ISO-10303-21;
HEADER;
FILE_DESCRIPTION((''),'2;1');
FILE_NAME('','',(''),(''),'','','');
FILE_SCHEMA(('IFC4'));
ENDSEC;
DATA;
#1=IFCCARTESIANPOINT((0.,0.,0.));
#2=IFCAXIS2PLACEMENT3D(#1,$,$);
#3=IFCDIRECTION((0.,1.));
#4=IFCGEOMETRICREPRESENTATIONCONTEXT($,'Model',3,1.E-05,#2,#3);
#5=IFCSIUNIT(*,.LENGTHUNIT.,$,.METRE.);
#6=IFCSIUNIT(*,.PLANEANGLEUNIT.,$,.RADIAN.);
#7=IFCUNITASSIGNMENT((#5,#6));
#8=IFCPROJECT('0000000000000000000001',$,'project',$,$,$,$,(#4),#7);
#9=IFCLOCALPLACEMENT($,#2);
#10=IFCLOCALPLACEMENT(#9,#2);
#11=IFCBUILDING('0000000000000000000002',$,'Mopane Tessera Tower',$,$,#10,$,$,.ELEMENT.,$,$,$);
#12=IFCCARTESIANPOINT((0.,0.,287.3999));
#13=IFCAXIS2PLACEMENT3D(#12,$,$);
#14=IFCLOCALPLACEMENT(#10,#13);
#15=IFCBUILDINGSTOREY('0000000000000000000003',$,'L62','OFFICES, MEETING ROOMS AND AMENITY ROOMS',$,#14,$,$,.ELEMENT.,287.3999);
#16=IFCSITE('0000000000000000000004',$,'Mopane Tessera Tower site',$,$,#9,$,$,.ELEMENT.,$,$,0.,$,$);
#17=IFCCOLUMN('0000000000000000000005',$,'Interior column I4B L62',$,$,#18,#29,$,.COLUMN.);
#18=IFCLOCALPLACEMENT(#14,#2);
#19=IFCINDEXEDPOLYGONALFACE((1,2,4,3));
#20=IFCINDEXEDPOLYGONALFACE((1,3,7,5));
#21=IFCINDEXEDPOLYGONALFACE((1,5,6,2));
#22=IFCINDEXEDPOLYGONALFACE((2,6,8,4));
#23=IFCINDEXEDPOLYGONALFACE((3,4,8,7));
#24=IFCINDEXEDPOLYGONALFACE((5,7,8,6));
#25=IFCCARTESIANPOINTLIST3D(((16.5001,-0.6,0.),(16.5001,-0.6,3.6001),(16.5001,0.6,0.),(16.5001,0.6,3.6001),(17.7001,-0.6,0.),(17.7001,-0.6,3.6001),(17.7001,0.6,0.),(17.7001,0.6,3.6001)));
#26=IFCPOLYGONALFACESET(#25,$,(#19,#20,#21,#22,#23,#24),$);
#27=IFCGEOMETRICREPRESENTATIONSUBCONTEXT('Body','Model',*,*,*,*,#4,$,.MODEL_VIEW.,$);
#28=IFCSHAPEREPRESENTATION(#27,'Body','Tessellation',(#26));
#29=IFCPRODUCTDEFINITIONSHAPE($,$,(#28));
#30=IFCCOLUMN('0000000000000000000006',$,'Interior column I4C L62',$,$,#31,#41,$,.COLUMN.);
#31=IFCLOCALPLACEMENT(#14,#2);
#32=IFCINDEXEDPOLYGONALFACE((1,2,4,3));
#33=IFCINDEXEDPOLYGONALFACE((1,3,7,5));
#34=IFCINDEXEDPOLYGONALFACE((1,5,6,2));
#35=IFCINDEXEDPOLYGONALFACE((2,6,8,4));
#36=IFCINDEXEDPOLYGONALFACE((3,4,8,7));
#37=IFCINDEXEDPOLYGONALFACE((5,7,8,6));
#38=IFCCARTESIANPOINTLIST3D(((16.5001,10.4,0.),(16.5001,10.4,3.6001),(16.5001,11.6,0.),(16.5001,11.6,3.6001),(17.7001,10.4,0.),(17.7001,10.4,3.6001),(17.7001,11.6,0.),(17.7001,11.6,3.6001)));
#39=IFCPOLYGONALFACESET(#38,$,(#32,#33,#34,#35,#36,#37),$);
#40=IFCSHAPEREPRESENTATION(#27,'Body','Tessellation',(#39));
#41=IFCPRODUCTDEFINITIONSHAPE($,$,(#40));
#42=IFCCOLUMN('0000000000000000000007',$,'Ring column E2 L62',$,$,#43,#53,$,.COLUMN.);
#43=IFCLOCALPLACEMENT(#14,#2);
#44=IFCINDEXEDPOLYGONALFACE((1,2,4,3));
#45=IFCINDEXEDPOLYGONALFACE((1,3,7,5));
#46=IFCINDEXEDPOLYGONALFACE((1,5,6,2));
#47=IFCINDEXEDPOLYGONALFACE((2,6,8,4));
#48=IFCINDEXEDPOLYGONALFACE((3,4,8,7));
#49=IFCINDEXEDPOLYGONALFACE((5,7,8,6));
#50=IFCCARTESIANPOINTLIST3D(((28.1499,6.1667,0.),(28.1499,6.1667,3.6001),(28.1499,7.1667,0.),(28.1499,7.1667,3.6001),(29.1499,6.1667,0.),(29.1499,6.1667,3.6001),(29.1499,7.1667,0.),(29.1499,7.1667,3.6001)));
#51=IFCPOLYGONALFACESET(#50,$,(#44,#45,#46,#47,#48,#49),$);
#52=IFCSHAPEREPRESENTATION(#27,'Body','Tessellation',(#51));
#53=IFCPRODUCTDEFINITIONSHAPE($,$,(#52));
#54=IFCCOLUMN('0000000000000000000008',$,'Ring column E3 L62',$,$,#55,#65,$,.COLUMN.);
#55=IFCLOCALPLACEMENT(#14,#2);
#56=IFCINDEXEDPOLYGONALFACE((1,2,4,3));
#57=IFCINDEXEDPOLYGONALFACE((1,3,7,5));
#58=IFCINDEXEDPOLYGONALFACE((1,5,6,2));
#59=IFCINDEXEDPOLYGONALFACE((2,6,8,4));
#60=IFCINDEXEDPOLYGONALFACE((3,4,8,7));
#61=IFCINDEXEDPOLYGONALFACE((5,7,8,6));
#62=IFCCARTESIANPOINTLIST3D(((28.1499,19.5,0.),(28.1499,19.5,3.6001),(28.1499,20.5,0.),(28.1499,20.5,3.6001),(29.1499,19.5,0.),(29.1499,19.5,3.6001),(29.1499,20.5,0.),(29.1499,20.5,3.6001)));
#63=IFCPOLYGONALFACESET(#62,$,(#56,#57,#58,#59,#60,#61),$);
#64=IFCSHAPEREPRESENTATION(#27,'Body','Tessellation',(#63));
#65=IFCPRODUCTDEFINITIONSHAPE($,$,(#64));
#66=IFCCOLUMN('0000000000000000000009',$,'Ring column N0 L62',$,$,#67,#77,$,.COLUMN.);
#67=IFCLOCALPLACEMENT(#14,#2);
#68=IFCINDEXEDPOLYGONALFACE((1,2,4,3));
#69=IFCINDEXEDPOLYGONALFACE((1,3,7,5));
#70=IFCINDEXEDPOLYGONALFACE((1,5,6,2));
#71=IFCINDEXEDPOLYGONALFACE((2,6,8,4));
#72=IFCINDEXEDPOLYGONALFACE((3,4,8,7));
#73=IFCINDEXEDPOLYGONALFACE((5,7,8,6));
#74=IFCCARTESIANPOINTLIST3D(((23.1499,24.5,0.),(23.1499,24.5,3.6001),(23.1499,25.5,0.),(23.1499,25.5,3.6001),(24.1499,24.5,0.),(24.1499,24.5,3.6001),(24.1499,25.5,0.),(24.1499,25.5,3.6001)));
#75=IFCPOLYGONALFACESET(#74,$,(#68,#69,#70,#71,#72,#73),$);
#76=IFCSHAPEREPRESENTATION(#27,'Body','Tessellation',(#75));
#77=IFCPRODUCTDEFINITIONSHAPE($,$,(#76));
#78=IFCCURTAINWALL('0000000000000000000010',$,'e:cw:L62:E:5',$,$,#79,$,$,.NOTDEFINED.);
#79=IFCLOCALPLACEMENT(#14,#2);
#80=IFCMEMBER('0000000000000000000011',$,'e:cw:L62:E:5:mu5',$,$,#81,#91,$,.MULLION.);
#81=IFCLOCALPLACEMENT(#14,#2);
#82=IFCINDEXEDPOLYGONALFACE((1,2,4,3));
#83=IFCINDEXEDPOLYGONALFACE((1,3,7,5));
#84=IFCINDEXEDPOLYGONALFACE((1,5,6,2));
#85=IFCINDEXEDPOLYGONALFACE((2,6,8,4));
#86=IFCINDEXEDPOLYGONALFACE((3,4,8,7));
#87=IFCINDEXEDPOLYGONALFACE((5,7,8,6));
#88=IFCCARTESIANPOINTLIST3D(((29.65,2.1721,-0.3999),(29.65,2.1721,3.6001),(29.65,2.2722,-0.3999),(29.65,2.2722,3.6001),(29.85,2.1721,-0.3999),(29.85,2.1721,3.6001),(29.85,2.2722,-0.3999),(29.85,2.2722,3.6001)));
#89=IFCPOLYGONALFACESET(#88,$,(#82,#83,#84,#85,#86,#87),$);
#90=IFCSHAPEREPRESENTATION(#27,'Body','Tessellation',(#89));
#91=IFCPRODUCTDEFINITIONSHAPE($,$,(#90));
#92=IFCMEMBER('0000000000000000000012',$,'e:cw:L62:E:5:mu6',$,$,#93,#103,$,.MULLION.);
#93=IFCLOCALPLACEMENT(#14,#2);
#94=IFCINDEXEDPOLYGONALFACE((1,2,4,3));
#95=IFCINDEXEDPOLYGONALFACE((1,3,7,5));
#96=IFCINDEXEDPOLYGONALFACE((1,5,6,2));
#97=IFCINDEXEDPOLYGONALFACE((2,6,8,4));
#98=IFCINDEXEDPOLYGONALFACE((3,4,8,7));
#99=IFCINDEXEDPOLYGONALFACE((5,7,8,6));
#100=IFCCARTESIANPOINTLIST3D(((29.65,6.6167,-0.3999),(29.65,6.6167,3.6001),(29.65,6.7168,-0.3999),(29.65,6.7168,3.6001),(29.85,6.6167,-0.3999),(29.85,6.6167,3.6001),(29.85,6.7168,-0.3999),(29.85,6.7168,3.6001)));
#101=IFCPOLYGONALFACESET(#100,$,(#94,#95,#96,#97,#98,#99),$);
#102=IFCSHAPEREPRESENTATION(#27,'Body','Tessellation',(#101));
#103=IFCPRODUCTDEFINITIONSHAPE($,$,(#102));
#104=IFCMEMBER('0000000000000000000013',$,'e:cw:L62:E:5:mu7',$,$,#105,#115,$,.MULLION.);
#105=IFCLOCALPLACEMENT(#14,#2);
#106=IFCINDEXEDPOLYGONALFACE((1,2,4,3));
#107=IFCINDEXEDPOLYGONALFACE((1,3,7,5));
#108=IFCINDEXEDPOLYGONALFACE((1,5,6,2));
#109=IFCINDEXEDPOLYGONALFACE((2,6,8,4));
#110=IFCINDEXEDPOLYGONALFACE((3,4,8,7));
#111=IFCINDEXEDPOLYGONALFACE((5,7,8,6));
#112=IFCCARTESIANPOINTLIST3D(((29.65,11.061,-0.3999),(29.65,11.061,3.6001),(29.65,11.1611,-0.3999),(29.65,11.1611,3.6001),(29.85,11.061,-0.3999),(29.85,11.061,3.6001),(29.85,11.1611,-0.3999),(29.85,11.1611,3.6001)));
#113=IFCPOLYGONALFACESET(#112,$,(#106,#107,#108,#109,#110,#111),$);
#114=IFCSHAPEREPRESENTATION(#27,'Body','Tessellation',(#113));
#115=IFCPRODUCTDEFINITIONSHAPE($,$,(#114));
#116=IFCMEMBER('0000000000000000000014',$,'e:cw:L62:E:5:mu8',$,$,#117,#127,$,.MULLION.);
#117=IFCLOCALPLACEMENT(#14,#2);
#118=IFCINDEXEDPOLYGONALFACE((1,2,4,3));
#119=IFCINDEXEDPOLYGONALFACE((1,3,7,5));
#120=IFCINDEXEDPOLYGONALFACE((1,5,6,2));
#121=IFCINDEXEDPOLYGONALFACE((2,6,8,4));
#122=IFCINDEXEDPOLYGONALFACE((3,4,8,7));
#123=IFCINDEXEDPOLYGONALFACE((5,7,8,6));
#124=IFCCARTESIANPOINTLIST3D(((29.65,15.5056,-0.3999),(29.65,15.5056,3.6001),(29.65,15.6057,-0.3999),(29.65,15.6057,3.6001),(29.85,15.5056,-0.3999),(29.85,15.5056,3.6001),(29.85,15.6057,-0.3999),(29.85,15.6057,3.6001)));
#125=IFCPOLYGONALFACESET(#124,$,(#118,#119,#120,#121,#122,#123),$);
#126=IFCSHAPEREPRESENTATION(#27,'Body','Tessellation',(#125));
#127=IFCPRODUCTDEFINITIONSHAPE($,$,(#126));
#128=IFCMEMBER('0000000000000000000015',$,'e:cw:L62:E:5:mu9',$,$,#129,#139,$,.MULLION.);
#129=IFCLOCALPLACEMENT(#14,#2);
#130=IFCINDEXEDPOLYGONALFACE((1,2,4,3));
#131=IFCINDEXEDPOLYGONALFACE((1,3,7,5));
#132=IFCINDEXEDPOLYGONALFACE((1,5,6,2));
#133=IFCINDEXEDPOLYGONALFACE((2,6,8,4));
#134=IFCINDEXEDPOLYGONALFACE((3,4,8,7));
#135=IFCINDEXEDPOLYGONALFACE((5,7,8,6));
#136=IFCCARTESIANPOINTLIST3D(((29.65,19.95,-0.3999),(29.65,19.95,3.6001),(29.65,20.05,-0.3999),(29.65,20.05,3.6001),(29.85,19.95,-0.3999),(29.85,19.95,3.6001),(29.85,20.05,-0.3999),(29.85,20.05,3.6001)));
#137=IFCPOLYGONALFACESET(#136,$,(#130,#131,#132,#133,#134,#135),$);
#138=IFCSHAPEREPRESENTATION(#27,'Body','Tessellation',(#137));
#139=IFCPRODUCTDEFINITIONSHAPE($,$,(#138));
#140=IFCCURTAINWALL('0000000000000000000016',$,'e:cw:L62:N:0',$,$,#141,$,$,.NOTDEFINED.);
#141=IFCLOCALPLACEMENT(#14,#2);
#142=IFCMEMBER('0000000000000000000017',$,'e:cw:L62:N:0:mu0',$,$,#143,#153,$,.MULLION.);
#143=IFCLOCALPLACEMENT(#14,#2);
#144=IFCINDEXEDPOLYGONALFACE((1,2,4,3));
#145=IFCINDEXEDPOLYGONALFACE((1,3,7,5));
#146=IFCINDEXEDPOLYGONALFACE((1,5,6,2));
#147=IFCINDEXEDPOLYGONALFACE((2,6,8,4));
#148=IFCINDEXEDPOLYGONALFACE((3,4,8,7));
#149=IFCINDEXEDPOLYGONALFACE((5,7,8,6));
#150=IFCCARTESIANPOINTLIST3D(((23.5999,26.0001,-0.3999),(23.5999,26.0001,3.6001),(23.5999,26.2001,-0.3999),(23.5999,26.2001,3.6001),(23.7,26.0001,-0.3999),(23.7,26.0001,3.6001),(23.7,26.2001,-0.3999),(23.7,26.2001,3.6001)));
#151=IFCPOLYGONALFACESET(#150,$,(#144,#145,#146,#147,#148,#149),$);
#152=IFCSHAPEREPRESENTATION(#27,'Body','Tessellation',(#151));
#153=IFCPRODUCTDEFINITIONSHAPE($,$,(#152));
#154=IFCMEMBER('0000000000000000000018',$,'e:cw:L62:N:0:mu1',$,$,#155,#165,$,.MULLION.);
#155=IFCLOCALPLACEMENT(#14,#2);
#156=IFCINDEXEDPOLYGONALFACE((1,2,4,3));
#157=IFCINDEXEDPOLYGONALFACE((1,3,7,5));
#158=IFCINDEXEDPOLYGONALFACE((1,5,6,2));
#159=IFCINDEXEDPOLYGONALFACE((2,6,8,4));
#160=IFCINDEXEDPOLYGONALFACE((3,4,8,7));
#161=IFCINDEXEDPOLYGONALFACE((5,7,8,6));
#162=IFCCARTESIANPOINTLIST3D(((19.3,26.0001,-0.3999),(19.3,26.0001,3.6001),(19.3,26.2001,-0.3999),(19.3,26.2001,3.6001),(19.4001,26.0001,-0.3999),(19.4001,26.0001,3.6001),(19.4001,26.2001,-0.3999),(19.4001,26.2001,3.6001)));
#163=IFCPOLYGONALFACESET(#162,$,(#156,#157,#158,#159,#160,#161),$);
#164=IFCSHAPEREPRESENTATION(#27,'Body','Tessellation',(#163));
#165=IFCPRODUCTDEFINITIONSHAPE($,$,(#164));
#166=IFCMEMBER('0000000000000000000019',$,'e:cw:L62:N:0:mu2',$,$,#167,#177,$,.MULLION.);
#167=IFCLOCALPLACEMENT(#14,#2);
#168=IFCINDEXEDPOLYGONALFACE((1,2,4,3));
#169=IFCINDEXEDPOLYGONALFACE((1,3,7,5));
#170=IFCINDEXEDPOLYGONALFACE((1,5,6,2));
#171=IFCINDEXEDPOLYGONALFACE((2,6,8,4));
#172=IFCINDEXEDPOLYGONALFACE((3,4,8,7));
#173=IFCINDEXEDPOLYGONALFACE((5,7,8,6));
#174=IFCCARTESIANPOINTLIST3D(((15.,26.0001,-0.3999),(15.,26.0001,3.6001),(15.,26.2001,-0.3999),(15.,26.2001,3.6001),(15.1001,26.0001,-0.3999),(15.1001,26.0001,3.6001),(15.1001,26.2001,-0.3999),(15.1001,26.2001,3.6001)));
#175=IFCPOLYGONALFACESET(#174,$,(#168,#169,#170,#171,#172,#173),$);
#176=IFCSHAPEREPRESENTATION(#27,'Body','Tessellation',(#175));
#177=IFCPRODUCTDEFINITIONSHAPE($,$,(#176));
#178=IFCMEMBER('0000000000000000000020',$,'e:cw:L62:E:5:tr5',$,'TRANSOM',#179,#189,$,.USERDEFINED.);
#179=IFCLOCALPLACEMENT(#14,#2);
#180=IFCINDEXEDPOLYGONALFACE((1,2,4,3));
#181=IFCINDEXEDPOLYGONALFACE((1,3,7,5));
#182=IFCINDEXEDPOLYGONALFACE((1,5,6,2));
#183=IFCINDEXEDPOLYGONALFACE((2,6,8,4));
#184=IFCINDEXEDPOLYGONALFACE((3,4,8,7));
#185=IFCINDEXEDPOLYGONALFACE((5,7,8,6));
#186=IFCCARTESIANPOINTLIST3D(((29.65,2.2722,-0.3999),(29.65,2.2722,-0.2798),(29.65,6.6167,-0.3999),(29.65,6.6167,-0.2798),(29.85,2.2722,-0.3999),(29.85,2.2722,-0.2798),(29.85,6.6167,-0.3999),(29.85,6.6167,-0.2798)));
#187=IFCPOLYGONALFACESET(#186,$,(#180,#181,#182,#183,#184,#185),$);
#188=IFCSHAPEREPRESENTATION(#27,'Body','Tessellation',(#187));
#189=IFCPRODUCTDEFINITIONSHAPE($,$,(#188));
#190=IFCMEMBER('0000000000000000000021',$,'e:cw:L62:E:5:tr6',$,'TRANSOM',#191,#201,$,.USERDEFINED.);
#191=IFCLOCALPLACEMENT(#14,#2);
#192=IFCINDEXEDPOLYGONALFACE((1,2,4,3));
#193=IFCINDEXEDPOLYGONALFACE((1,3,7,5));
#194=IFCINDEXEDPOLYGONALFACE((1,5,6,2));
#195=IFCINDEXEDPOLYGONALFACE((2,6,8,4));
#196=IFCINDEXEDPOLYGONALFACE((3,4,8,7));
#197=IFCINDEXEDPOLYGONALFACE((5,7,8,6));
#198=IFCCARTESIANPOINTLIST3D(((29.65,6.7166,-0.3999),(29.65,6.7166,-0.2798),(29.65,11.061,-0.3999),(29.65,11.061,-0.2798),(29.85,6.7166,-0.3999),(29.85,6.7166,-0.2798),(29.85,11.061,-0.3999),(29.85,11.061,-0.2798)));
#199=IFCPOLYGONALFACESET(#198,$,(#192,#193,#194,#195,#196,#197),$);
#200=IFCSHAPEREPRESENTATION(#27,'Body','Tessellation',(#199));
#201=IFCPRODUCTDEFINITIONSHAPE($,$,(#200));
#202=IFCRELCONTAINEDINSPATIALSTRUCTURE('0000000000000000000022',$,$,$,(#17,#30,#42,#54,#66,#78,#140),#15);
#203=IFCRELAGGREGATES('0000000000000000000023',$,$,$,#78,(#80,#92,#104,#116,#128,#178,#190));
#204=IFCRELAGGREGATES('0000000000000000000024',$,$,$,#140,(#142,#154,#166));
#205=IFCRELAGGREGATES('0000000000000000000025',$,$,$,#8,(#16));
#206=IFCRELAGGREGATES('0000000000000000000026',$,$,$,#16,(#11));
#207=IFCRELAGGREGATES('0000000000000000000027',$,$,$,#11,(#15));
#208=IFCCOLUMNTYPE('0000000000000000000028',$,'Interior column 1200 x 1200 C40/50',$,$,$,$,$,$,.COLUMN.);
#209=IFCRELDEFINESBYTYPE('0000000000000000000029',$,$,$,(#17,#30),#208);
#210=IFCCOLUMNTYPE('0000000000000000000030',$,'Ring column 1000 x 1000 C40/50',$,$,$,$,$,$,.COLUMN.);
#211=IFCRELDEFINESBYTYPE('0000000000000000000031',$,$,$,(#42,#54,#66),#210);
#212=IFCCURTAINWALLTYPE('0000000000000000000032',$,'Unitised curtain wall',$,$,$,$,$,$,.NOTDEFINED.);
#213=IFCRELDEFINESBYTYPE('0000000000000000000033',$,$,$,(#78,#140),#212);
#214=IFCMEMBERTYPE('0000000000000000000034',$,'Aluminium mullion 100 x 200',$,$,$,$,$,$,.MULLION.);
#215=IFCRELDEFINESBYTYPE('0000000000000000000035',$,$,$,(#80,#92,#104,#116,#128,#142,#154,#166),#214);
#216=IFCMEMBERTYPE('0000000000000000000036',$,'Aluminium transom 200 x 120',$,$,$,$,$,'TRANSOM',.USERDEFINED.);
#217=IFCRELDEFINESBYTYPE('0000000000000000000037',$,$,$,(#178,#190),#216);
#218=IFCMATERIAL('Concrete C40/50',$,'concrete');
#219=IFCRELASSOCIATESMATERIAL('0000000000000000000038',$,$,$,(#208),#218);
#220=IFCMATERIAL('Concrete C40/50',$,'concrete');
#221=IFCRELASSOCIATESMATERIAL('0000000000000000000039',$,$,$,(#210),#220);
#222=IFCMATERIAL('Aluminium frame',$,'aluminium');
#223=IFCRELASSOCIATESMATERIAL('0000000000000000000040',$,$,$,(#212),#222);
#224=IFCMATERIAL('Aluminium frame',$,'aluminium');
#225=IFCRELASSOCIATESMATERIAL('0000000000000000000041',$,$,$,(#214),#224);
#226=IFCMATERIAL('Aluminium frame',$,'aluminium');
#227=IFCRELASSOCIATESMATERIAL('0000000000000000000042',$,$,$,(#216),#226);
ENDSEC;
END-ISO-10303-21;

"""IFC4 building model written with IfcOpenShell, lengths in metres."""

from ifc_helpers import new_model, si_unit, direction, frame, origin, origin_2d, place, context, subcontext, project, spatial, rectangle, extrude, material, material_profile, profile_set, type_object, element, aggregate, save


model = new_model("IFC4")

# Units and contexts
model_context = context("Model", 3, precision=1e-05, world=origin(), true_north=direction((0.0, 1.0)))
body_context = subcontext(model_context, "Body", "Model", "MODEL_VIEW")
ifc_project = project(units=[si_unit("LENGTHUNIT", "METRE"), si_unit("PLANEANGLEUNIT", "RADIAN")], contexts=[model_context])

# Site, building, storey
site_placement = place(None, origin())
site = spatial("IfcSite", under=ifc_project, at=site_placement, Name="Mopane Tessera Tower site", CompositionType="ELEMENT", RefElevation=0.0)
building_placement = place(site_placement, origin())
building = spatial("IfcBuilding", under=site, at=building_placement, Name="Mopane Tessera Tower", CompositionType="ELEMENT")
storey_placement = place(building_placement, frame((0.0, 0.0, 287.3999)))
storey = spatial("IfcBuildingStorey", under=building, at=storey_placement, Name="L62", Description="OFFICES, MEETING ROOMS AND AMENITY ROOMS", CompositionType="ELEMENT", Elevation=287.3999)

# Columns
ifc_material_1 = material(Name="Concrete C40/50", Category="concrete")
ifc_material_profile_1 = material_profile(ifc_material_1, rectangle(XDim=1.2, YDim=1.2, at=origin_2d()))
ifc_profile_set_1 = profile_set([ifc_material_profile_1], Name="Concrete C40/50")
column_type_1 = type_object("IfcColumnType", Name="Interior column 1200 x 1200 C40/50", PredefinedType="COLUMN", material=ifc_profile_set_1)
for number, where, z_axis, x_axis, name in (
    (1, (17.1001, 0.0, 0.0), (0.0, 0.0, 1.0), (1.0, 0.0, 0.0), "Interior column I4B L62"),
    (2, (17.1001, 11.0, 0.0), (0.0, 0.0, 1.0), (1.0, 0.0, 0.0), "Interior column I4C L62"),
):
    element("IfcColumn", number, at=place(storey_placement, frame(where, z_axis=z_axis, x_axis=x_axis)), inside=storey, type_object=column_type_1, Name=name, PredefinedType="COLUMN", context=body_context, shape_type="SweptSolid", body=[
        extrude(rectangle(XDim=1.2, YDim=1.2, at=origin_2d()), origin(), (0.0, 0.0, 1.0), 3.6001),
    ])
ifc_material_2 = material(Name="Concrete C40/50", Category="concrete")
ifc_material_profile_2 = material_profile(ifc_material_2, rectangle(XDim=1.0, YDim=1.0, at=origin_2d()))
ifc_profile_set_2 = profile_set([ifc_material_profile_2], Name="Concrete C40/50")
column_type_2 = type_object("IfcColumnType", Name="Ring column 1000 x 1000 C40/50", PredefinedType="COLUMN", material=ifc_profile_set_2)
for number, where, z_axis, x_axis, name in (
    (3, (28.6499, 6.6667, 0.0), (0.0, 0.0, 1.0), (1.0, 0.0, 0.0), "Ring column E2 L62"),
    (4, (28.6499, 20.0, 0.0), (0.0, 0.0, 1.0), (1.0, 0.0, 0.0), "Ring column E3 L62"),
    (5, (23.6499, 25.0, 0.0), (0.0, 0.0, 1.0), (1.0, 0.0, 0.0), "Ring column N0 L62"),
):
    element("IfcColumn", number, at=place(storey_placement, frame(where, z_axis=z_axis, x_axis=x_axis)), inside=storey, type_object=column_type_2, Name=name, PredefinedType="COLUMN", context=body_context, shape_type="SweptSolid", body=[
        extrude(rectangle(XDim=1.0, YDim=1.0, at=origin_2d()), origin(), (0.0, 0.0, 1.0), 3.6001),
    ])

# Curtain walls, members
ifc_material_3 = material(Name="Aluminium frame", Category="aluminium")
curtain_wall_type = type_object("IfcCurtainWallType", Name="Unitised curtain wall", PredefinedType="NOTDEFINED", material=ifc_material_3)
curtain_wall_1_placement = place(storey_placement, origin())
curtain_wall_1 = element("IfcCurtainWall", 6, at=curtain_wall_1_placement, inside=storey, type_object=curtain_wall_type, Name="e:cw:L62:E:5", PredefinedType="NOTDEFINED")
ifc_material_4 = material(Name="Aluminium frame", Category="aluminium")
ifc_material_profile_3 = material_profile(ifc_material_4, rectangle(XDim=0.1001, YDim=0.2, at=origin_2d()))
ifc_profile_set_3 = profile_set([ifc_material_profile_3], Name="Aluminium frame")
member_type_1 = type_object("IfcMemberType", Name="Aluminium mullion 100 x 200", PredefinedType="MULLION", material=ifc_profile_set_3)
member_1_placement = place(storey_placement, frame((29.75, 2.2222, -0.3999), z_axis=(0.0, 0.0, 1.0), x_axis=(0.0, 1.0, 0.0)))
member_1 = element("IfcMember", 7, at=member_1_placement, type_object=member_type_1, Name="e:cw:L62:E:5:mu5", PredefinedType="MULLION", context=body_context, shape_type="SweptSolid", body=[
    extrude(rectangle(XDim=0.1001, YDim=0.2, at=origin_2d()), origin(), (0.0, 0.0, 1.0), 4.0),
])
member_2_placement = place(storey_placement, frame((29.75, 6.6667, -0.3999), z_axis=(0.0, 0.0, 1.0), x_axis=(0.0, 1.0, 0.0)))
member_2 = element("IfcMember", 8, at=member_2_placement, type_object=member_type_1, Name="e:cw:L62:E:5:mu6", PredefinedType="MULLION", context=body_context, shape_type="SweptSolid", body=[
    extrude(rectangle(XDim=0.1001, YDim=0.2, at=origin_2d()), origin(), (0.0, 0.0, 1.0), 4.0),
])
member_3_placement = place(storey_placement, frame((29.75, 11.1111, -0.3999), z_axis=(0.0, 0.0, 1.0), x_axis=(0.0, 1.0, 0.0)))
member_3 = element("IfcMember", 9, at=member_3_placement, type_object=member_type_1, Name="e:cw:L62:E:5:mu7", PredefinedType="MULLION", context=body_context, shape_type="SweptSolid", body=[
    extrude(rectangle(XDim=0.1001, YDim=0.2, at=origin_2d()), origin(), (0.0, 0.0, 1.0), 4.0),
])
member_4_placement = place(storey_placement, frame((29.75, 15.5557, -0.3999), z_axis=(0.0, 0.0, 1.0), x_axis=(0.0, 1.0, 0.0)))
member_4 = element("IfcMember", 10, at=member_4_placement, type_object=member_type_1, Name="e:cw:L62:E:5:mu8", PredefinedType="MULLION", context=body_context, shape_type="SweptSolid", body=[
    extrude(rectangle(XDim=0.1001, YDim=0.2, at=origin_2d()), origin(), (0.0, 0.0, 1.0), 4.0),
])
member_5_placement = place(storey_placement, frame((29.75, 20.0, -0.3999), z_axis=(0.0, 0.0, 1.0), x_axis=(0.0, 1.0, 0.0)))
member_5 = element("IfcMember", 11, at=member_5_placement, type_object=member_type_1, Name="e:cw:L62:E:5:mu9", PredefinedType="MULLION", context=body_context, shape_type="SweptSolid", body=[
    extrude(rectangle(XDim=0.1001, YDim=0.2, at=origin_2d()), origin(), (0.0, 0.0, 1.0), 4.0),
])
curtain_wall_2_placement = place(storey_placement, origin())
curtain_wall_2 = element("IfcCurtainWall", 12, at=curtain_wall_2_placement, inside=storey, type_object=curtain_wall_type, Name="e:cw:L62:N:0", PredefinedType="NOTDEFINED")
member_6_placement = place(storey_placement, frame((23.6499, 26.1001, -0.3999), z_axis=(0.0, 0.0, 1.0), x_axis=(-1.0, 0.0, 0.0)))
member_6 = element("IfcMember", 13, at=member_6_placement, type_object=member_type_1, Name="e:cw:L62:N:0:mu0", PredefinedType="MULLION", context=body_context, shape_type="SweptSolid", body=[
    extrude(rectangle(XDim=0.1001, YDim=0.2, at=origin_2d()), origin(), (0.0, 0.0, 1.0), 4.0),
])
member_7_placement = place(storey_placement, frame((19.3501, 26.1001, -0.3999), z_axis=(0.0, 0.0, 1.0), x_axis=(-1.0, 0.0, 0.0)))
member_7 = element("IfcMember", 14, at=member_7_placement, type_object=member_type_1, Name="e:cw:L62:N:0:mu1", PredefinedType="MULLION", context=body_context, shape_type="SweptSolid", body=[
    extrude(rectangle(XDim=0.1001, YDim=0.2, at=origin_2d()), origin(), (0.0, 0.0, 1.0), 4.0),
])
member_8_placement = place(storey_placement, frame((15.05, 26.1001, -0.3999), z_axis=(0.0, 0.0, 1.0), x_axis=(-1.0, 0.0, 0.0)))
member_8 = element("IfcMember", 15, at=member_8_placement, type_object=member_type_1, Name="e:cw:L62:N:0:mu2", PredefinedType="MULLION", context=body_context, shape_type="SweptSolid", body=[
    extrude(rectangle(XDim=0.1001, YDim=0.2, at=origin_2d()), origin(), (0.0, 0.0, 1.0), 4.0),
])

# Members
ifc_material_5 = material(Name="Aluminium frame", Category="aluminium")
ifc_material_profile_4 = material_profile(ifc_material_5, rectangle(XDim=0.2, YDim=0.1201, at=origin_2d()))
ifc_profile_set_4 = profile_set([ifc_material_profile_4], Name="Aluminium frame")
member_type_2 = type_object("IfcMemberType", Name="Aluminium transom 200 x 120", ElementType="TRANSOM", PredefinedType="USERDEFINED", material=ifc_profile_set_4)
member_9_placement = place(storey_placement, frame((29.75, 2.2722, -0.3398), z_axis=(0.0, 1.0, 0.0), x_axis=(-1.0, 0.0, 0.0)))
member_9 = element("IfcMember", 16, at=member_9_placement, type_object=member_type_2, Name="e:cw:L62:E:5:tr5", ObjectType="TRANSOM", PredefinedType="USERDEFINED", context=body_context, shape_type="SweptSolid", body=[
    extrude(rectangle(XDim=0.2, YDim=0.1201, at=origin_2d()), origin(), (0.0, 0.0, 1.0), 4.3445),
])
member_10_placement = place(storey_placement, frame((29.75, 6.7166, -0.3398), z_axis=(0.0, 1.0, 0.0), x_axis=(-1.0, 0.0, 0.0)))
member_10 = element("IfcMember", 17, at=member_10_placement, type_object=member_type_2, Name="e:cw:L62:E:5:tr6", ObjectType="TRANSOM", PredefinedType="USERDEFINED", context=body_context, shape_type="SweptSolid", body=[
    extrude(rectangle(XDim=0.2, YDim=0.1201, at=origin_2d()), origin(), (0.0, 0.0, 1.0), 4.3445),
])

aggregate(curtain_wall_1, [member_1, member_2, member_3, member_4, member_5, member_9, member_10])
aggregate(curtain_wall_2, [member_6, member_7, member_8])

save(model, "model.ifc")
